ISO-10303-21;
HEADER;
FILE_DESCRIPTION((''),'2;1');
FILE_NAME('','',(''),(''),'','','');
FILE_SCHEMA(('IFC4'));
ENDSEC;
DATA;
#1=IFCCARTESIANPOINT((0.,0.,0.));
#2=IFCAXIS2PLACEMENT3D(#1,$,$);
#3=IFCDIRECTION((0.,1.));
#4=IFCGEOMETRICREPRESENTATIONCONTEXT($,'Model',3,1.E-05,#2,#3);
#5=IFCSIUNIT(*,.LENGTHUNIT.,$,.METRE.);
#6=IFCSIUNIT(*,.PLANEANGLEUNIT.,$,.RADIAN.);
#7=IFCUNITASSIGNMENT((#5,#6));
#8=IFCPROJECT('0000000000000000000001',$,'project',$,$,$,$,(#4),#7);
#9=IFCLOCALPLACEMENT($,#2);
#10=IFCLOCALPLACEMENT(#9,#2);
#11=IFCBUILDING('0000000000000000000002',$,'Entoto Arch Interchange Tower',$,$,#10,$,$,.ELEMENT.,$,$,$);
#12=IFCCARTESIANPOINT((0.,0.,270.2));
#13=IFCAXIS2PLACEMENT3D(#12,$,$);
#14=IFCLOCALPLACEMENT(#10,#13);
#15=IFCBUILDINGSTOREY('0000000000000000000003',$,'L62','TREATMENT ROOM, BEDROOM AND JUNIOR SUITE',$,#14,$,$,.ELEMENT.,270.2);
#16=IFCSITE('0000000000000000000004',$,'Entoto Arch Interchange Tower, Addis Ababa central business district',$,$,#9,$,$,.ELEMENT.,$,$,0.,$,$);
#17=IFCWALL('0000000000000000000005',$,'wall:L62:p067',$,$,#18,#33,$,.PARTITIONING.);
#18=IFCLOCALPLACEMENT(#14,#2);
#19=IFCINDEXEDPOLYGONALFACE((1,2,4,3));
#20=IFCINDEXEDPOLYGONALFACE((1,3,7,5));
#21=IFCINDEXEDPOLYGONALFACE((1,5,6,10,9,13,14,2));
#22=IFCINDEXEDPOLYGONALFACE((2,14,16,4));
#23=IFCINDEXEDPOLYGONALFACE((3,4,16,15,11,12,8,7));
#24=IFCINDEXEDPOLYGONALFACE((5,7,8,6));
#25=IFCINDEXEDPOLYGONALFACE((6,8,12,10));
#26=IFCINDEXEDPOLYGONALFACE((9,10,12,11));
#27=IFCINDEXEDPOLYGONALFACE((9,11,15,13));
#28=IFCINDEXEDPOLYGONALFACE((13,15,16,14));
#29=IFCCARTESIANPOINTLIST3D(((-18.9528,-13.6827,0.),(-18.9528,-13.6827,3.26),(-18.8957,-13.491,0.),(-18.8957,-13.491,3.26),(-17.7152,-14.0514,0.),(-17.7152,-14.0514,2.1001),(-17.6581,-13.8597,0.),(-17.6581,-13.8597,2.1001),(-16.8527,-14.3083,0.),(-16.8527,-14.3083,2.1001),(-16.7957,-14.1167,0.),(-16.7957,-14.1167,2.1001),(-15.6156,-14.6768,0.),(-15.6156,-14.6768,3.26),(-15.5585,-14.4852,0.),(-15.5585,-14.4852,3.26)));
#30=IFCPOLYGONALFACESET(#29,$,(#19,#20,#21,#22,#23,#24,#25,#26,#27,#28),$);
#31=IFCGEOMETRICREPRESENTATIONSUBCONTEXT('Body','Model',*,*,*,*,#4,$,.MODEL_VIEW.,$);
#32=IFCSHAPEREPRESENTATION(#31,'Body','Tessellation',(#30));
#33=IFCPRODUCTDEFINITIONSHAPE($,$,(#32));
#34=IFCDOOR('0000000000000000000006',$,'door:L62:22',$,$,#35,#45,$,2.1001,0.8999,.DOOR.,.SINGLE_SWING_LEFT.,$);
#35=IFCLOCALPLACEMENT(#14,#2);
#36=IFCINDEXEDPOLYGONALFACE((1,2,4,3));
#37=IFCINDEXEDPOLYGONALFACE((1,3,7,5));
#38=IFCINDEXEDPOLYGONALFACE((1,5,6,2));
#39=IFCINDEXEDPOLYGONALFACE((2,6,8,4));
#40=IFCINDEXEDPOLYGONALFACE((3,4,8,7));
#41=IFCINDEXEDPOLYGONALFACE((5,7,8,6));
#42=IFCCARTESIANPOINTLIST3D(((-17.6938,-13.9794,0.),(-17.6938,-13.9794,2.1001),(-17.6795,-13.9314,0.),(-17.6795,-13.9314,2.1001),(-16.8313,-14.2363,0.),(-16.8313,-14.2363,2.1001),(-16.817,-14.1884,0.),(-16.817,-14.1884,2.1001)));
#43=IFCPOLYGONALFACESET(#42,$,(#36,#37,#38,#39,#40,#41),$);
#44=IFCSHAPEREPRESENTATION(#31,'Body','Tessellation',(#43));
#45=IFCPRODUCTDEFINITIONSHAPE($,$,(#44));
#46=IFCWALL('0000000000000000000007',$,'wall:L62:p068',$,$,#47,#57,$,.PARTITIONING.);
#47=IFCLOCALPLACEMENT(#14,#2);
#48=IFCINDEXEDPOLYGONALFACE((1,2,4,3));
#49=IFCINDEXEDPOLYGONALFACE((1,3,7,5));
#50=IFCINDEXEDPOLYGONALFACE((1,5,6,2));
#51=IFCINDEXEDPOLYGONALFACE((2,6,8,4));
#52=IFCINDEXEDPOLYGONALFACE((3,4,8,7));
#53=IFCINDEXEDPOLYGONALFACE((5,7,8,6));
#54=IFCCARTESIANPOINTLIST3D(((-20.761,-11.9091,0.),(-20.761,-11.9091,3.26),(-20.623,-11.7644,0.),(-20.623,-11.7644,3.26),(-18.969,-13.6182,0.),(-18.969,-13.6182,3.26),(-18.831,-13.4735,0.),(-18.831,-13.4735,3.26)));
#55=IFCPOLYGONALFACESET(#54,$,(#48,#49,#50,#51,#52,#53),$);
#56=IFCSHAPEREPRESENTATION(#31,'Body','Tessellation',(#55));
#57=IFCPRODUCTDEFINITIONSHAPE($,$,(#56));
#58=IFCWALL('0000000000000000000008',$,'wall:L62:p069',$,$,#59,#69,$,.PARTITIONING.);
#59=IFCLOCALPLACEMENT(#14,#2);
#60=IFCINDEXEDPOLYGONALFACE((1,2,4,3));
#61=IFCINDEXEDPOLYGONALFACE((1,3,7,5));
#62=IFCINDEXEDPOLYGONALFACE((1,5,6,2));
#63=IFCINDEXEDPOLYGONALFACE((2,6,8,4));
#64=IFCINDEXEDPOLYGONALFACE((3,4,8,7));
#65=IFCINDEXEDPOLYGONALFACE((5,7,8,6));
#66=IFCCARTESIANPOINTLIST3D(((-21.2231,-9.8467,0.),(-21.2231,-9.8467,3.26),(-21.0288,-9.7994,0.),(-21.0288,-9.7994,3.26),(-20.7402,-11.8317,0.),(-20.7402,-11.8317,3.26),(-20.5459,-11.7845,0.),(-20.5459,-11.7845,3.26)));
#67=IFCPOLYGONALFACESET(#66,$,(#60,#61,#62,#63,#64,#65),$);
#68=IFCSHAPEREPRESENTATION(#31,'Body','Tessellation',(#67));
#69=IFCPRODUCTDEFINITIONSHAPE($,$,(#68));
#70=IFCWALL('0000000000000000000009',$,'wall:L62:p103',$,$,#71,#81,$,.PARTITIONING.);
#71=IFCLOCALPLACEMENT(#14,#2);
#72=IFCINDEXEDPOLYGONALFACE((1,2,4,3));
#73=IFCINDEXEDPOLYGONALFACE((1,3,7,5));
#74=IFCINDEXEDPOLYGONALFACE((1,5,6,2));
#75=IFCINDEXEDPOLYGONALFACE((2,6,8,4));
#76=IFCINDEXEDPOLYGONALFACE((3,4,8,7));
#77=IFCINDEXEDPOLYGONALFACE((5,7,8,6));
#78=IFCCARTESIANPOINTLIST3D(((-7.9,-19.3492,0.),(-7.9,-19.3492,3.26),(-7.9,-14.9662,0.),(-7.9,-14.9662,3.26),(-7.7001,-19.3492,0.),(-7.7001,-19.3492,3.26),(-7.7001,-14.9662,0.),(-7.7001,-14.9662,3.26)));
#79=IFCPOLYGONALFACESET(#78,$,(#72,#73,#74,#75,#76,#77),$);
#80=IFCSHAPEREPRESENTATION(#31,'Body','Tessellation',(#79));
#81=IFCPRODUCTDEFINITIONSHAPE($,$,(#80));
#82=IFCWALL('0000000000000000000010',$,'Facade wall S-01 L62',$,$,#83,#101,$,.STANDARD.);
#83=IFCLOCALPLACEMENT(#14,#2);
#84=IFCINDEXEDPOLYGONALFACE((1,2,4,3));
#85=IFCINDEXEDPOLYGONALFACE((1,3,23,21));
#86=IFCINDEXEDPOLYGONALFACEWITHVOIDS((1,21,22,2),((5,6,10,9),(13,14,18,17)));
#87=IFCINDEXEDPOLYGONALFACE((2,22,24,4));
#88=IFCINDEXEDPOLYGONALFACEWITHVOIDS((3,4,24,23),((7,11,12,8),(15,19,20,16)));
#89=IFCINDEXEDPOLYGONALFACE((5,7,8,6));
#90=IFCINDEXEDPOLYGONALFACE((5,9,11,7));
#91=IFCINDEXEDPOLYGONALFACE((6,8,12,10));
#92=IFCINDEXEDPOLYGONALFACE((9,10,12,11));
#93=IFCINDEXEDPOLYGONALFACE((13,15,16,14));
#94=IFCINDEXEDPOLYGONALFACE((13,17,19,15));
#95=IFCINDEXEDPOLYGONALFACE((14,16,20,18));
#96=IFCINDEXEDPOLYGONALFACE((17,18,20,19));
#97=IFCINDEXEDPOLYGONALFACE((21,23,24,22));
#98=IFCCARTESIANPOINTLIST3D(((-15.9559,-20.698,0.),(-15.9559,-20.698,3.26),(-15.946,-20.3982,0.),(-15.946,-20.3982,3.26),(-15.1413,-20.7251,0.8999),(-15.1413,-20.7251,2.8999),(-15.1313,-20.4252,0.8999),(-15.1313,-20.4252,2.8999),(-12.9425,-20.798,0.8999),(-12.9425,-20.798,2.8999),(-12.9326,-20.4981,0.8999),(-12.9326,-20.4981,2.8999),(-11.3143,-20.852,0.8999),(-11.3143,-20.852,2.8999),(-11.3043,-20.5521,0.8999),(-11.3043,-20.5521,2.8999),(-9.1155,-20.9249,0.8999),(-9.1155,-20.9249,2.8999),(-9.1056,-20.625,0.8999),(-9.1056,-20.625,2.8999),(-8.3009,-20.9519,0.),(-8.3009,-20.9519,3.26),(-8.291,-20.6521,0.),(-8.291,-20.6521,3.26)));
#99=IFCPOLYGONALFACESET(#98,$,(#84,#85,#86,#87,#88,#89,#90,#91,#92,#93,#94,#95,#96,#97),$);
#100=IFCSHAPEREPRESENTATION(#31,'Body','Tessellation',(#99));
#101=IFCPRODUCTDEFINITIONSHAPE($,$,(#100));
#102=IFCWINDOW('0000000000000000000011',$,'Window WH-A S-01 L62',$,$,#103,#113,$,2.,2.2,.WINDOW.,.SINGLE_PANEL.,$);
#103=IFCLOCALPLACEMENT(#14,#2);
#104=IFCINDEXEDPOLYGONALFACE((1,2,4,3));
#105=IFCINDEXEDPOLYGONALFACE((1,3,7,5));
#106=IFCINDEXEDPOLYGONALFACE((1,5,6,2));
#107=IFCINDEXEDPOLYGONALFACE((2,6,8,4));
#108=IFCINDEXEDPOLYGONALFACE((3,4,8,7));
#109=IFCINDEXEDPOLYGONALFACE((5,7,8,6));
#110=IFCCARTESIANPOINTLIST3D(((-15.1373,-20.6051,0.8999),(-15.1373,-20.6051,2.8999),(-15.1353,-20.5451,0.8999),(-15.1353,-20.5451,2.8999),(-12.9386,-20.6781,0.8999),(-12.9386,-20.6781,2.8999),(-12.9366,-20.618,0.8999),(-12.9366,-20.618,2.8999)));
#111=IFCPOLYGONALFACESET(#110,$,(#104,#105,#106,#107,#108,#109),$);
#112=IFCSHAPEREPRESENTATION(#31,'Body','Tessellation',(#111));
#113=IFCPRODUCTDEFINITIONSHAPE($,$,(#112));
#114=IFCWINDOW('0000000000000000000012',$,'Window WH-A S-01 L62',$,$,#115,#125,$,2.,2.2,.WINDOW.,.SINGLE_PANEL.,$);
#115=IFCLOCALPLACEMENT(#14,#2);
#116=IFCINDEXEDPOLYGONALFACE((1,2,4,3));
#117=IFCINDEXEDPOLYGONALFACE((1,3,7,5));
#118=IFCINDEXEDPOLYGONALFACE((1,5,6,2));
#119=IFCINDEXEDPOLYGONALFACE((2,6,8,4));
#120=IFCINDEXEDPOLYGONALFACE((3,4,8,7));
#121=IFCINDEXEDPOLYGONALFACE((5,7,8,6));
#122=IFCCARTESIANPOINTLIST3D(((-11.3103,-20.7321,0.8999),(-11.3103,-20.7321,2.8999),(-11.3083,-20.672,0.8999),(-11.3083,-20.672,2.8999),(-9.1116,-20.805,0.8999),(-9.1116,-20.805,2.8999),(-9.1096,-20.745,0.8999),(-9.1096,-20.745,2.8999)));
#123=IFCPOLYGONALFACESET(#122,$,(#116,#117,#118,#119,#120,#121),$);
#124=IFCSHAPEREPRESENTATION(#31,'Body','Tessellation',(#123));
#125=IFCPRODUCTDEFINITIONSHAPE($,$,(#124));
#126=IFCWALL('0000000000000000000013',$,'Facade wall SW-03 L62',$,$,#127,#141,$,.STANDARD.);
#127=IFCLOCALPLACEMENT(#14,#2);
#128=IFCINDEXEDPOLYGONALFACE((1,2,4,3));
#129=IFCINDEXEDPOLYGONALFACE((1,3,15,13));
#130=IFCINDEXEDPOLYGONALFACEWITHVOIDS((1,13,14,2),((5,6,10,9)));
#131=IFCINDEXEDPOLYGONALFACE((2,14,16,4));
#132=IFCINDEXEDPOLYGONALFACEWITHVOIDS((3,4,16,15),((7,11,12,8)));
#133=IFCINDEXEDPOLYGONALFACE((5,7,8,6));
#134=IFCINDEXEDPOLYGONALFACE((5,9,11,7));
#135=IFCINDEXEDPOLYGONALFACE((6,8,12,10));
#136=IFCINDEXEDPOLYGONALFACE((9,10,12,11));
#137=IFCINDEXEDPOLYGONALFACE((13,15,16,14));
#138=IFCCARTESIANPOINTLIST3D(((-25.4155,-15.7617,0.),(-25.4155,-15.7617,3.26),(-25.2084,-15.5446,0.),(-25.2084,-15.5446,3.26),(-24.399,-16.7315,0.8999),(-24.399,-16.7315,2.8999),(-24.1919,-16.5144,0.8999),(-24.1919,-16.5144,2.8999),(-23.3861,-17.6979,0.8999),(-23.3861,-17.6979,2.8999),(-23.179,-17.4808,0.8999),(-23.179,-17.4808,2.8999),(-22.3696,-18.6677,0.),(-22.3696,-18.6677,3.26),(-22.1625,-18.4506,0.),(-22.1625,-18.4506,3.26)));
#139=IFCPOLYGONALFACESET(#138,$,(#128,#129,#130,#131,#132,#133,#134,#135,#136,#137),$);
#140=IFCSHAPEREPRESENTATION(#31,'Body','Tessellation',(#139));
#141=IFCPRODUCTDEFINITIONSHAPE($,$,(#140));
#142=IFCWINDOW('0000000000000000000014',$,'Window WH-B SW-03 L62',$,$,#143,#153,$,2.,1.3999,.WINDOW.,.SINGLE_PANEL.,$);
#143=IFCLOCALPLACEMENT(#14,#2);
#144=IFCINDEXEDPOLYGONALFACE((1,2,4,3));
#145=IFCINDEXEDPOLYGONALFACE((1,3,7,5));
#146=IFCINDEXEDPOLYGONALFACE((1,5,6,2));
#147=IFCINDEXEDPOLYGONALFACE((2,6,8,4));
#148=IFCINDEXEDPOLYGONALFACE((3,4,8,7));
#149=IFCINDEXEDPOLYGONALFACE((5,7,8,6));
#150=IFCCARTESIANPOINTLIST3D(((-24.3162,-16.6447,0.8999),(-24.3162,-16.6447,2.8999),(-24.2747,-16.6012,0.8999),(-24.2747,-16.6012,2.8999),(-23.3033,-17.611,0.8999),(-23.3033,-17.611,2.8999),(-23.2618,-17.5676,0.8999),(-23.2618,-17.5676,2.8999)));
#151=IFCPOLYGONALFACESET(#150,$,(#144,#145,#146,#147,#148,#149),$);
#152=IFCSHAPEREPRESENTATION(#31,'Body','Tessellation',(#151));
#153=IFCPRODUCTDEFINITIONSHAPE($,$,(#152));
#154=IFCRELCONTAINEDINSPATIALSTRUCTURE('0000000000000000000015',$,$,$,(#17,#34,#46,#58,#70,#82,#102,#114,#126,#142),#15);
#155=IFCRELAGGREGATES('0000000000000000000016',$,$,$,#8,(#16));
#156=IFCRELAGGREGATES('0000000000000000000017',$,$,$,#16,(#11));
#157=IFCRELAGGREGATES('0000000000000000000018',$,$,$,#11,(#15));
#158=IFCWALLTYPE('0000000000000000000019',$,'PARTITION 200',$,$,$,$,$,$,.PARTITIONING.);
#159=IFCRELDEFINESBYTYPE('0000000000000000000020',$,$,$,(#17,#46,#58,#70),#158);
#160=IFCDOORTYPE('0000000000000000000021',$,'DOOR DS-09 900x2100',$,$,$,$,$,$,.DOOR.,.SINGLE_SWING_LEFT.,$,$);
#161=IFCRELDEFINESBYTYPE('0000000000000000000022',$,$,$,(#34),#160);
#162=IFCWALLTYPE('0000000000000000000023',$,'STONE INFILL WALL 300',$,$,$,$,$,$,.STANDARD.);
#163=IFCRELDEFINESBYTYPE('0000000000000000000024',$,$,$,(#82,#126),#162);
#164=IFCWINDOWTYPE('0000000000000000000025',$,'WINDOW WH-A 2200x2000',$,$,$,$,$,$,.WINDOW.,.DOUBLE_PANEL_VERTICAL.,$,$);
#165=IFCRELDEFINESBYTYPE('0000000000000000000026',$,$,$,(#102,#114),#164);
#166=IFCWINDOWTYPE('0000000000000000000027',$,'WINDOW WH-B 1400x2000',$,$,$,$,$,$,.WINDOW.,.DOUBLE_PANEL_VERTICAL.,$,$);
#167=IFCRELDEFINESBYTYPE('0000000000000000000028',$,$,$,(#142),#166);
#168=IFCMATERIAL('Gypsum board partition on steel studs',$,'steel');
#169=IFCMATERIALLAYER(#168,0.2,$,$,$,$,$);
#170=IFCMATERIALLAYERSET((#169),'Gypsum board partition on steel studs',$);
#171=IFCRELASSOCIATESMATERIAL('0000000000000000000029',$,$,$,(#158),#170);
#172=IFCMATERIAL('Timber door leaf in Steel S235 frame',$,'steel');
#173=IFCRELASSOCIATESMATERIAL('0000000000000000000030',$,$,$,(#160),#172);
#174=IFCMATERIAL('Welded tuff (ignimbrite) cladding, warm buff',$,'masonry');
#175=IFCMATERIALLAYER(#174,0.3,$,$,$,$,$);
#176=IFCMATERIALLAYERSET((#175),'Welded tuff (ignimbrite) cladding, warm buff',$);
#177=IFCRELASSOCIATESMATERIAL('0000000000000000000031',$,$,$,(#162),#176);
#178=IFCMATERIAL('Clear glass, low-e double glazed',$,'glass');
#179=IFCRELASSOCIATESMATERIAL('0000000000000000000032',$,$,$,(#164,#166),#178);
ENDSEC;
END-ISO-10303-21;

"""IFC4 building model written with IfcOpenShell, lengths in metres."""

from ifc_helpers import new_model, si_unit, direction, frame, frame_2d, origin, place, context, subcontext, project, spatial, rectangle, extrude, material, layer, layer_set, type_object, element, fill, save


model = new_model("IFC4")

# Units and contexts
model_context = context("Model", 3, precision=1e-05, world=origin(), true_north=direction((0.0, 1.0)))
body_context = subcontext(model_context, "Body", "Model", "MODEL_VIEW")
ifc_project = project(units=[si_unit("LENGTHUNIT", "METRE"), si_unit("PLANEANGLEUNIT", "RADIAN")], contexts=[model_context])

# Site, building, storey
site_placement = place(None, origin())
site = spatial("IfcSite", under=ifc_project, at=site_placement, Name="Entoto Arch Interchange Tower, Addis Ababa central business district", CompositionType="ELEMENT", RefElevation=0.0)
building_placement = place(site_placement, origin())
building = spatial("IfcBuilding", under=site, at=building_placement, Name="Entoto Arch Interchange Tower", CompositionType="ELEMENT")
storey_placement = place(building_placement, frame((0.0, 0.0, 270.2)))
storey = spatial("IfcBuildingStorey", under=building, at=storey_placement, Name="L62", Description="TREATMENT ROOM, BEDROOM AND JUNIOR SUITE", CompositionType="ELEMENT", Elevation=270.2)

# Shared definitions
ifc_material_1 = material(Name="Gypsum board partition on steel studs", Category="steel")
ifc_layer_1 = layer(ifc_material_1, 0.2)
ifc_layer_set_1 = layer_set([ifc_layer_1], Name="Gypsum board partition on steel studs")
wall_type_1 = type_object("IfcWallType", Name="PARTITION 200", PredefinedType="PARTITIONING", material=ifc_layer_set_1)

# Shared definitions
ifc_material_2 = material(Name="Timber door leaf in Steel S235 frame", Category="steel")

# Wall, opening, door
wall_1_placement = place(storey_placement, frame((-15.5869, -14.5811, 0.0), z_axis=(0.0, 0.0, 1.0), x_axis=(-0.958378, 0.285501, 0.0)))
wall_1 = element("IfcWall", 1, at=wall_1_placement, inside=storey, type_object=wall_type_1, Name="wall:L62:p067", PredefinedType="PARTITIONING", context=body_context, shape_type="SweptSolid", body=[
    extrude(rectangle(XDim=3.4822, YDim=0.2, at=frame_2d((1.7412, 0.0))), origin(), (0.0, 0.0, 1.0), 3.26),
])
opening_1_placement = place(wall_1_placement, frame((1.291, 0.0, 0.0)))
opening_1 = element("IfcOpeningElement", 2, at=opening_1_placement, cuts=wall_1, PredefinedType="OPENING", context=body_context, shape_type="SweptSolid", body=[
    extrude(rectangle(XDim=0.8999, YDim=2.1001, at=frame_2d((0.45, 1.05))), frame((0.0, 0.1099, 0.0), z_axis=(0.0, -1.0, 0.0), x_axis=(1.0, 0.0, 0.0)), (0.0, 0.0, 1.0), 0.22),
])
door_type_1 = type_object("IfcDoorType", Name="DOOR DS-09 900x2100", OperationType="SINGLE_SWING_LEFT", PredefinedType="DOOR", material=ifc_material_2)
door_1_placement = place(opening_1_placement, origin())
door_1 = element("IfcDoor", 3, at=door_1_placement, inside=storey, type_object=door_type_1, Name="door:L62:22", OperationType="SINGLE_SWING_LEFT", OverallHeight=2.1001, OverallWidth=0.8999, PredefinedType="DOOR", context=body_context, shape_type="SweptSolid", body=[
    extrude(rectangle(XDim=0.8999, YDim=2.1001, at=frame_2d((0.45, 1.05))), frame((0.0, 0.0249, 0.0), z_axis=(0.0, -1.0, 0.0), x_axis=(1.0, 0.0, 0.0)), (0.0, 0.0, 1.0), 0.05),
])
fill(opening_1, door_1)

# Walls
wall_2_placement = place(storey_placement, frame((-18.8999, -13.5459, 0.0), z_axis=(0.0, 0.0, 1.0), x_axis=(-0.723669, 0.690147, 0.0)))
element("IfcWall", 4, at=wall_2_placement, inside=storey, type_object=wall_type_1, Name="wall:L62:p068", PredefinedType="PARTITIONING", context=body_context, shape_type="SweptSolid", body=[
    extrude(rectangle(XDim=2.4763, YDim=0.2, at=frame_2d((1.2383, 0.0))), origin(), (0.0, 0.0, 1.0), 3.26),
])
wall_3_placement = place(storey_placement, frame((-20.6431, -11.8081, 0.0), z_axis=(0.0, 0.0, 1.0), x_axis=(-0.236373, 0.971662, 0.0)))
element("IfcWall", 5, at=wall_3_placement, inside=storey, type_object=wall_type_1, Name="wall:L62:p069", PredefinedType="PARTITIONING", context=body_context, shape_type="SweptSolid", body=[
    extrude(rectangle(XDim=2.043, YDim=0.2, at=frame_2d((1.0215, 0.0))), origin(), (0.0, 0.0, 1.0), 3.26),
])
wall_4_placement = place(storey_placement, frame((-7.8, -19.3491, 0.0), z_axis=(0.0, 0.0, 1.0), x_axis=(0.0, 1.0, 0.0)))
element("IfcWall", 6, at=wall_4_placement, inside=storey, type_object=wall_type_1, Name="wall:L62:p103", PredefinedType="PARTITIONING", context=body_context, shape_type="SweptSolid", body=[
    extrude(rectangle(XDim=4.3831, YDim=0.2, at=frame_2d((2.1914, 0.0))), origin(), (0.0, 0.0, 1.0), 3.26),
])

# Wall, openings, windows
ifc_material_3 = material(Name="Welded tuff (ignimbrite) cladding, warm buff", Category="masonry")
ifc_layer_2 = layer(ifc_material_3, 0.3)
ifc_layer_set_2 = layer_set([ifc_layer_2], Name="Welded tuff (ignimbrite) cladding, warm buff")
wall_type_2 = type_object("IfcWallType", Name="STONE INFILL WALL 300", PredefinedType="STANDARD", material=ifc_layer_set_2)
wall_5_placement = place(storey_placement, frame((-15.9509, -20.5481, 0.0), z_axis=(0.0, 0.0, 1.0), x_axis=(0.99945, -0.03315, 0.0)))
wall_5 = element("IfcWall", 7, at=wall_5_placement, inside=storey, type_object=wall_type_2, Name="Facade wall S-01 L62", PredefinedType="STANDARD", context=body_context, shape_type="SweptSolid", body=[
    extrude(rectangle(XDim=7.6592, YDim=0.3, at=frame_2d((3.8296, 0.0))), origin(), (0.0, 0.0, 1.0), 3.26),
])
opening_2_placement = place(wall_5_placement, frame((0.8149, 0.0, 0.8999)))
opening_2 = element("IfcOpeningElement", 8, at=opening_2_placement, cuts=wall_5, PredefinedType="OPENING", context=body_context, shape_type="SweptSolid", body=[
    extrude(rectangle(XDim=2.2, YDim=2.0, at=frame_2d((1.1001, 1.0))), frame((0.0, 0.1602, 0.0), z_axis=(0.0, -1.0, 0.0), x_axis=(1.0, 0.0, 0.0)), (0.0, 0.0, 1.0), 0.3201),
])
opening_3_placement = place(wall_5_placement, frame((4.644, 0.0, 0.8999)))
opening_3 = element("IfcOpeningElement", 9, at=opening_3_placement, cuts=wall_5, PredefinedType="OPENING", context=body_context, shape_type="SweptSolid", body=[
    extrude(rectangle(XDim=2.2, YDim=2.0, at=frame_2d((1.1001, 1.0))), frame((0.0, 0.1602, 0.0), z_axis=(0.0, -1.0, 0.0), x_axis=(1.0, 0.0, 0.0)), (0.0, 0.0, 1.0), 0.3201),
])
ifc_material_4 = material(Name="Clear glass, low-e double glazed", Category="glass")
window_type_1 = type_object("IfcWindowType", Name="WINDOW WH-A 2200x2000", PartitioningType="DOUBLE_PANEL_VERTICAL", PredefinedType="WINDOW", material=ifc_material_4)
window_1_placement = place(opening_2_placement, origin())
window_1 = element("IfcWindow", 10, at=window_1_placement, inside=storey, type_object=window_type_1, Name="Window WH-A S-01 L62", OverallHeight=2.0, OverallWidth=2.2, PartitioningType="SINGLE_PANEL", PredefinedType="WINDOW", context=body_context, shape_type="SweptSolid", body=[
    extrude(rectangle(XDim=2.2, YDim=2.0, at=frame_2d((1.1001, 1.0))), frame((0.0, 0.03, 0.0), z_axis=(0.0, -1.0, 0.0), x_axis=(1.0, 0.0, 0.0)), (0.0, 0.0, 1.0), 0.0601),
])
fill(opening_2, window_1)
window_2_placement = place(opening_3_placement, origin())
window_2 = element("IfcWindow", 11, at=window_2_placement, inside=storey, type_object=window_type_1, Name="Window WH-A S-01 L62", OverallHeight=2.0, OverallWidth=2.2, PartitioningType="SINGLE_PANEL", PredefinedType="WINDOW", context=body_context, shape_type="SweptSolid", body=[
    extrude(rectangle(XDim=2.2, YDim=2.0, at=frame_2d((1.1001, 1.0))), frame((0.0, 0.03, 0.0), z_axis=(0.0, -1.0, 0.0), x_axis=(1.0, 0.0, 0.0)), (0.0, 0.0, 1.0), 0.0601),
])
fill(opening_3, window_2)

# Wall, opening, window
wall_6_placement = place(storey_placement, frame((-25.312, -15.6531, 0.0), z_axis=(0.0, 0.0, 1.0), x_axis=(0.723527, -0.690296, 0.0)))
wall_6 = element("IfcWall", 12, at=wall_6_placement, inside=storey, type_object=wall_type_2, Name="Facade wall SW-03 L62", PredefinedType="STANDARD", context=body_context, shape_type="SweptSolid", body=[
    extrude(rectangle(XDim=4.2097, YDim=0.3, at=frame_2d((2.105, 0.0))), origin(), (0.0, 0.0, 1.0), 3.26),
])
opening_4_placement = place(wall_6_placement, frame((1.405, 0.0, 0.8999)))
opening_4 = element("IfcOpeningElement", 13, at=opening_4_placement, cuts=wall_6, PredefinedType="OPENING", context=body_context, shape_type="SweptSolid", body=[
    extrude(rectangle(XDim=1.3999, YDim=2.0, at=frame_2d((0.7, 1.0))), frame((0.0, 0.1602, 0.0), z_axis=(0.0, -1.0, 0.0), x_axis=(1.0, 0.0, 0.0)), (0.0, 0.0, 1.0), 0.3201),
])
window_type_2 = type_object("IfcWindowType", Name="WINDOW WH-B 1400x2000", PartitioningType="DOUBLE_PANEL_VERTICAL", PredefinedType="WINDOW", material=ifc_material_4)
window_3_placement = place(opening_4_placement, origin())
window_3 = element("IfcWindow", 14, at=window_3_placement, inside=storey, type_object=window_type_2, Name="Window WH-B SW-03 L62", OverallHeight=2.0, OverallWidth=1.3999, PartitioningType="SINGLE_PANEL", PredefinedType="WINDOW", context=body_context, shape_type="SweptSolid", body=[
    extrude(rectangle(XDim=1.3999, YDim=2.0, at=frame_2d((0.7, 1.0))), frame((0.0, 0.03, 0.0), z_axis=(0.0, -1.0, 0.0), x_axis=(1.0, 0.0, 0.0)), (0.0, 0.0, 1.0), 0.0601),
])
fill(opening_4, window_3)

save(model, "model.ifc")
